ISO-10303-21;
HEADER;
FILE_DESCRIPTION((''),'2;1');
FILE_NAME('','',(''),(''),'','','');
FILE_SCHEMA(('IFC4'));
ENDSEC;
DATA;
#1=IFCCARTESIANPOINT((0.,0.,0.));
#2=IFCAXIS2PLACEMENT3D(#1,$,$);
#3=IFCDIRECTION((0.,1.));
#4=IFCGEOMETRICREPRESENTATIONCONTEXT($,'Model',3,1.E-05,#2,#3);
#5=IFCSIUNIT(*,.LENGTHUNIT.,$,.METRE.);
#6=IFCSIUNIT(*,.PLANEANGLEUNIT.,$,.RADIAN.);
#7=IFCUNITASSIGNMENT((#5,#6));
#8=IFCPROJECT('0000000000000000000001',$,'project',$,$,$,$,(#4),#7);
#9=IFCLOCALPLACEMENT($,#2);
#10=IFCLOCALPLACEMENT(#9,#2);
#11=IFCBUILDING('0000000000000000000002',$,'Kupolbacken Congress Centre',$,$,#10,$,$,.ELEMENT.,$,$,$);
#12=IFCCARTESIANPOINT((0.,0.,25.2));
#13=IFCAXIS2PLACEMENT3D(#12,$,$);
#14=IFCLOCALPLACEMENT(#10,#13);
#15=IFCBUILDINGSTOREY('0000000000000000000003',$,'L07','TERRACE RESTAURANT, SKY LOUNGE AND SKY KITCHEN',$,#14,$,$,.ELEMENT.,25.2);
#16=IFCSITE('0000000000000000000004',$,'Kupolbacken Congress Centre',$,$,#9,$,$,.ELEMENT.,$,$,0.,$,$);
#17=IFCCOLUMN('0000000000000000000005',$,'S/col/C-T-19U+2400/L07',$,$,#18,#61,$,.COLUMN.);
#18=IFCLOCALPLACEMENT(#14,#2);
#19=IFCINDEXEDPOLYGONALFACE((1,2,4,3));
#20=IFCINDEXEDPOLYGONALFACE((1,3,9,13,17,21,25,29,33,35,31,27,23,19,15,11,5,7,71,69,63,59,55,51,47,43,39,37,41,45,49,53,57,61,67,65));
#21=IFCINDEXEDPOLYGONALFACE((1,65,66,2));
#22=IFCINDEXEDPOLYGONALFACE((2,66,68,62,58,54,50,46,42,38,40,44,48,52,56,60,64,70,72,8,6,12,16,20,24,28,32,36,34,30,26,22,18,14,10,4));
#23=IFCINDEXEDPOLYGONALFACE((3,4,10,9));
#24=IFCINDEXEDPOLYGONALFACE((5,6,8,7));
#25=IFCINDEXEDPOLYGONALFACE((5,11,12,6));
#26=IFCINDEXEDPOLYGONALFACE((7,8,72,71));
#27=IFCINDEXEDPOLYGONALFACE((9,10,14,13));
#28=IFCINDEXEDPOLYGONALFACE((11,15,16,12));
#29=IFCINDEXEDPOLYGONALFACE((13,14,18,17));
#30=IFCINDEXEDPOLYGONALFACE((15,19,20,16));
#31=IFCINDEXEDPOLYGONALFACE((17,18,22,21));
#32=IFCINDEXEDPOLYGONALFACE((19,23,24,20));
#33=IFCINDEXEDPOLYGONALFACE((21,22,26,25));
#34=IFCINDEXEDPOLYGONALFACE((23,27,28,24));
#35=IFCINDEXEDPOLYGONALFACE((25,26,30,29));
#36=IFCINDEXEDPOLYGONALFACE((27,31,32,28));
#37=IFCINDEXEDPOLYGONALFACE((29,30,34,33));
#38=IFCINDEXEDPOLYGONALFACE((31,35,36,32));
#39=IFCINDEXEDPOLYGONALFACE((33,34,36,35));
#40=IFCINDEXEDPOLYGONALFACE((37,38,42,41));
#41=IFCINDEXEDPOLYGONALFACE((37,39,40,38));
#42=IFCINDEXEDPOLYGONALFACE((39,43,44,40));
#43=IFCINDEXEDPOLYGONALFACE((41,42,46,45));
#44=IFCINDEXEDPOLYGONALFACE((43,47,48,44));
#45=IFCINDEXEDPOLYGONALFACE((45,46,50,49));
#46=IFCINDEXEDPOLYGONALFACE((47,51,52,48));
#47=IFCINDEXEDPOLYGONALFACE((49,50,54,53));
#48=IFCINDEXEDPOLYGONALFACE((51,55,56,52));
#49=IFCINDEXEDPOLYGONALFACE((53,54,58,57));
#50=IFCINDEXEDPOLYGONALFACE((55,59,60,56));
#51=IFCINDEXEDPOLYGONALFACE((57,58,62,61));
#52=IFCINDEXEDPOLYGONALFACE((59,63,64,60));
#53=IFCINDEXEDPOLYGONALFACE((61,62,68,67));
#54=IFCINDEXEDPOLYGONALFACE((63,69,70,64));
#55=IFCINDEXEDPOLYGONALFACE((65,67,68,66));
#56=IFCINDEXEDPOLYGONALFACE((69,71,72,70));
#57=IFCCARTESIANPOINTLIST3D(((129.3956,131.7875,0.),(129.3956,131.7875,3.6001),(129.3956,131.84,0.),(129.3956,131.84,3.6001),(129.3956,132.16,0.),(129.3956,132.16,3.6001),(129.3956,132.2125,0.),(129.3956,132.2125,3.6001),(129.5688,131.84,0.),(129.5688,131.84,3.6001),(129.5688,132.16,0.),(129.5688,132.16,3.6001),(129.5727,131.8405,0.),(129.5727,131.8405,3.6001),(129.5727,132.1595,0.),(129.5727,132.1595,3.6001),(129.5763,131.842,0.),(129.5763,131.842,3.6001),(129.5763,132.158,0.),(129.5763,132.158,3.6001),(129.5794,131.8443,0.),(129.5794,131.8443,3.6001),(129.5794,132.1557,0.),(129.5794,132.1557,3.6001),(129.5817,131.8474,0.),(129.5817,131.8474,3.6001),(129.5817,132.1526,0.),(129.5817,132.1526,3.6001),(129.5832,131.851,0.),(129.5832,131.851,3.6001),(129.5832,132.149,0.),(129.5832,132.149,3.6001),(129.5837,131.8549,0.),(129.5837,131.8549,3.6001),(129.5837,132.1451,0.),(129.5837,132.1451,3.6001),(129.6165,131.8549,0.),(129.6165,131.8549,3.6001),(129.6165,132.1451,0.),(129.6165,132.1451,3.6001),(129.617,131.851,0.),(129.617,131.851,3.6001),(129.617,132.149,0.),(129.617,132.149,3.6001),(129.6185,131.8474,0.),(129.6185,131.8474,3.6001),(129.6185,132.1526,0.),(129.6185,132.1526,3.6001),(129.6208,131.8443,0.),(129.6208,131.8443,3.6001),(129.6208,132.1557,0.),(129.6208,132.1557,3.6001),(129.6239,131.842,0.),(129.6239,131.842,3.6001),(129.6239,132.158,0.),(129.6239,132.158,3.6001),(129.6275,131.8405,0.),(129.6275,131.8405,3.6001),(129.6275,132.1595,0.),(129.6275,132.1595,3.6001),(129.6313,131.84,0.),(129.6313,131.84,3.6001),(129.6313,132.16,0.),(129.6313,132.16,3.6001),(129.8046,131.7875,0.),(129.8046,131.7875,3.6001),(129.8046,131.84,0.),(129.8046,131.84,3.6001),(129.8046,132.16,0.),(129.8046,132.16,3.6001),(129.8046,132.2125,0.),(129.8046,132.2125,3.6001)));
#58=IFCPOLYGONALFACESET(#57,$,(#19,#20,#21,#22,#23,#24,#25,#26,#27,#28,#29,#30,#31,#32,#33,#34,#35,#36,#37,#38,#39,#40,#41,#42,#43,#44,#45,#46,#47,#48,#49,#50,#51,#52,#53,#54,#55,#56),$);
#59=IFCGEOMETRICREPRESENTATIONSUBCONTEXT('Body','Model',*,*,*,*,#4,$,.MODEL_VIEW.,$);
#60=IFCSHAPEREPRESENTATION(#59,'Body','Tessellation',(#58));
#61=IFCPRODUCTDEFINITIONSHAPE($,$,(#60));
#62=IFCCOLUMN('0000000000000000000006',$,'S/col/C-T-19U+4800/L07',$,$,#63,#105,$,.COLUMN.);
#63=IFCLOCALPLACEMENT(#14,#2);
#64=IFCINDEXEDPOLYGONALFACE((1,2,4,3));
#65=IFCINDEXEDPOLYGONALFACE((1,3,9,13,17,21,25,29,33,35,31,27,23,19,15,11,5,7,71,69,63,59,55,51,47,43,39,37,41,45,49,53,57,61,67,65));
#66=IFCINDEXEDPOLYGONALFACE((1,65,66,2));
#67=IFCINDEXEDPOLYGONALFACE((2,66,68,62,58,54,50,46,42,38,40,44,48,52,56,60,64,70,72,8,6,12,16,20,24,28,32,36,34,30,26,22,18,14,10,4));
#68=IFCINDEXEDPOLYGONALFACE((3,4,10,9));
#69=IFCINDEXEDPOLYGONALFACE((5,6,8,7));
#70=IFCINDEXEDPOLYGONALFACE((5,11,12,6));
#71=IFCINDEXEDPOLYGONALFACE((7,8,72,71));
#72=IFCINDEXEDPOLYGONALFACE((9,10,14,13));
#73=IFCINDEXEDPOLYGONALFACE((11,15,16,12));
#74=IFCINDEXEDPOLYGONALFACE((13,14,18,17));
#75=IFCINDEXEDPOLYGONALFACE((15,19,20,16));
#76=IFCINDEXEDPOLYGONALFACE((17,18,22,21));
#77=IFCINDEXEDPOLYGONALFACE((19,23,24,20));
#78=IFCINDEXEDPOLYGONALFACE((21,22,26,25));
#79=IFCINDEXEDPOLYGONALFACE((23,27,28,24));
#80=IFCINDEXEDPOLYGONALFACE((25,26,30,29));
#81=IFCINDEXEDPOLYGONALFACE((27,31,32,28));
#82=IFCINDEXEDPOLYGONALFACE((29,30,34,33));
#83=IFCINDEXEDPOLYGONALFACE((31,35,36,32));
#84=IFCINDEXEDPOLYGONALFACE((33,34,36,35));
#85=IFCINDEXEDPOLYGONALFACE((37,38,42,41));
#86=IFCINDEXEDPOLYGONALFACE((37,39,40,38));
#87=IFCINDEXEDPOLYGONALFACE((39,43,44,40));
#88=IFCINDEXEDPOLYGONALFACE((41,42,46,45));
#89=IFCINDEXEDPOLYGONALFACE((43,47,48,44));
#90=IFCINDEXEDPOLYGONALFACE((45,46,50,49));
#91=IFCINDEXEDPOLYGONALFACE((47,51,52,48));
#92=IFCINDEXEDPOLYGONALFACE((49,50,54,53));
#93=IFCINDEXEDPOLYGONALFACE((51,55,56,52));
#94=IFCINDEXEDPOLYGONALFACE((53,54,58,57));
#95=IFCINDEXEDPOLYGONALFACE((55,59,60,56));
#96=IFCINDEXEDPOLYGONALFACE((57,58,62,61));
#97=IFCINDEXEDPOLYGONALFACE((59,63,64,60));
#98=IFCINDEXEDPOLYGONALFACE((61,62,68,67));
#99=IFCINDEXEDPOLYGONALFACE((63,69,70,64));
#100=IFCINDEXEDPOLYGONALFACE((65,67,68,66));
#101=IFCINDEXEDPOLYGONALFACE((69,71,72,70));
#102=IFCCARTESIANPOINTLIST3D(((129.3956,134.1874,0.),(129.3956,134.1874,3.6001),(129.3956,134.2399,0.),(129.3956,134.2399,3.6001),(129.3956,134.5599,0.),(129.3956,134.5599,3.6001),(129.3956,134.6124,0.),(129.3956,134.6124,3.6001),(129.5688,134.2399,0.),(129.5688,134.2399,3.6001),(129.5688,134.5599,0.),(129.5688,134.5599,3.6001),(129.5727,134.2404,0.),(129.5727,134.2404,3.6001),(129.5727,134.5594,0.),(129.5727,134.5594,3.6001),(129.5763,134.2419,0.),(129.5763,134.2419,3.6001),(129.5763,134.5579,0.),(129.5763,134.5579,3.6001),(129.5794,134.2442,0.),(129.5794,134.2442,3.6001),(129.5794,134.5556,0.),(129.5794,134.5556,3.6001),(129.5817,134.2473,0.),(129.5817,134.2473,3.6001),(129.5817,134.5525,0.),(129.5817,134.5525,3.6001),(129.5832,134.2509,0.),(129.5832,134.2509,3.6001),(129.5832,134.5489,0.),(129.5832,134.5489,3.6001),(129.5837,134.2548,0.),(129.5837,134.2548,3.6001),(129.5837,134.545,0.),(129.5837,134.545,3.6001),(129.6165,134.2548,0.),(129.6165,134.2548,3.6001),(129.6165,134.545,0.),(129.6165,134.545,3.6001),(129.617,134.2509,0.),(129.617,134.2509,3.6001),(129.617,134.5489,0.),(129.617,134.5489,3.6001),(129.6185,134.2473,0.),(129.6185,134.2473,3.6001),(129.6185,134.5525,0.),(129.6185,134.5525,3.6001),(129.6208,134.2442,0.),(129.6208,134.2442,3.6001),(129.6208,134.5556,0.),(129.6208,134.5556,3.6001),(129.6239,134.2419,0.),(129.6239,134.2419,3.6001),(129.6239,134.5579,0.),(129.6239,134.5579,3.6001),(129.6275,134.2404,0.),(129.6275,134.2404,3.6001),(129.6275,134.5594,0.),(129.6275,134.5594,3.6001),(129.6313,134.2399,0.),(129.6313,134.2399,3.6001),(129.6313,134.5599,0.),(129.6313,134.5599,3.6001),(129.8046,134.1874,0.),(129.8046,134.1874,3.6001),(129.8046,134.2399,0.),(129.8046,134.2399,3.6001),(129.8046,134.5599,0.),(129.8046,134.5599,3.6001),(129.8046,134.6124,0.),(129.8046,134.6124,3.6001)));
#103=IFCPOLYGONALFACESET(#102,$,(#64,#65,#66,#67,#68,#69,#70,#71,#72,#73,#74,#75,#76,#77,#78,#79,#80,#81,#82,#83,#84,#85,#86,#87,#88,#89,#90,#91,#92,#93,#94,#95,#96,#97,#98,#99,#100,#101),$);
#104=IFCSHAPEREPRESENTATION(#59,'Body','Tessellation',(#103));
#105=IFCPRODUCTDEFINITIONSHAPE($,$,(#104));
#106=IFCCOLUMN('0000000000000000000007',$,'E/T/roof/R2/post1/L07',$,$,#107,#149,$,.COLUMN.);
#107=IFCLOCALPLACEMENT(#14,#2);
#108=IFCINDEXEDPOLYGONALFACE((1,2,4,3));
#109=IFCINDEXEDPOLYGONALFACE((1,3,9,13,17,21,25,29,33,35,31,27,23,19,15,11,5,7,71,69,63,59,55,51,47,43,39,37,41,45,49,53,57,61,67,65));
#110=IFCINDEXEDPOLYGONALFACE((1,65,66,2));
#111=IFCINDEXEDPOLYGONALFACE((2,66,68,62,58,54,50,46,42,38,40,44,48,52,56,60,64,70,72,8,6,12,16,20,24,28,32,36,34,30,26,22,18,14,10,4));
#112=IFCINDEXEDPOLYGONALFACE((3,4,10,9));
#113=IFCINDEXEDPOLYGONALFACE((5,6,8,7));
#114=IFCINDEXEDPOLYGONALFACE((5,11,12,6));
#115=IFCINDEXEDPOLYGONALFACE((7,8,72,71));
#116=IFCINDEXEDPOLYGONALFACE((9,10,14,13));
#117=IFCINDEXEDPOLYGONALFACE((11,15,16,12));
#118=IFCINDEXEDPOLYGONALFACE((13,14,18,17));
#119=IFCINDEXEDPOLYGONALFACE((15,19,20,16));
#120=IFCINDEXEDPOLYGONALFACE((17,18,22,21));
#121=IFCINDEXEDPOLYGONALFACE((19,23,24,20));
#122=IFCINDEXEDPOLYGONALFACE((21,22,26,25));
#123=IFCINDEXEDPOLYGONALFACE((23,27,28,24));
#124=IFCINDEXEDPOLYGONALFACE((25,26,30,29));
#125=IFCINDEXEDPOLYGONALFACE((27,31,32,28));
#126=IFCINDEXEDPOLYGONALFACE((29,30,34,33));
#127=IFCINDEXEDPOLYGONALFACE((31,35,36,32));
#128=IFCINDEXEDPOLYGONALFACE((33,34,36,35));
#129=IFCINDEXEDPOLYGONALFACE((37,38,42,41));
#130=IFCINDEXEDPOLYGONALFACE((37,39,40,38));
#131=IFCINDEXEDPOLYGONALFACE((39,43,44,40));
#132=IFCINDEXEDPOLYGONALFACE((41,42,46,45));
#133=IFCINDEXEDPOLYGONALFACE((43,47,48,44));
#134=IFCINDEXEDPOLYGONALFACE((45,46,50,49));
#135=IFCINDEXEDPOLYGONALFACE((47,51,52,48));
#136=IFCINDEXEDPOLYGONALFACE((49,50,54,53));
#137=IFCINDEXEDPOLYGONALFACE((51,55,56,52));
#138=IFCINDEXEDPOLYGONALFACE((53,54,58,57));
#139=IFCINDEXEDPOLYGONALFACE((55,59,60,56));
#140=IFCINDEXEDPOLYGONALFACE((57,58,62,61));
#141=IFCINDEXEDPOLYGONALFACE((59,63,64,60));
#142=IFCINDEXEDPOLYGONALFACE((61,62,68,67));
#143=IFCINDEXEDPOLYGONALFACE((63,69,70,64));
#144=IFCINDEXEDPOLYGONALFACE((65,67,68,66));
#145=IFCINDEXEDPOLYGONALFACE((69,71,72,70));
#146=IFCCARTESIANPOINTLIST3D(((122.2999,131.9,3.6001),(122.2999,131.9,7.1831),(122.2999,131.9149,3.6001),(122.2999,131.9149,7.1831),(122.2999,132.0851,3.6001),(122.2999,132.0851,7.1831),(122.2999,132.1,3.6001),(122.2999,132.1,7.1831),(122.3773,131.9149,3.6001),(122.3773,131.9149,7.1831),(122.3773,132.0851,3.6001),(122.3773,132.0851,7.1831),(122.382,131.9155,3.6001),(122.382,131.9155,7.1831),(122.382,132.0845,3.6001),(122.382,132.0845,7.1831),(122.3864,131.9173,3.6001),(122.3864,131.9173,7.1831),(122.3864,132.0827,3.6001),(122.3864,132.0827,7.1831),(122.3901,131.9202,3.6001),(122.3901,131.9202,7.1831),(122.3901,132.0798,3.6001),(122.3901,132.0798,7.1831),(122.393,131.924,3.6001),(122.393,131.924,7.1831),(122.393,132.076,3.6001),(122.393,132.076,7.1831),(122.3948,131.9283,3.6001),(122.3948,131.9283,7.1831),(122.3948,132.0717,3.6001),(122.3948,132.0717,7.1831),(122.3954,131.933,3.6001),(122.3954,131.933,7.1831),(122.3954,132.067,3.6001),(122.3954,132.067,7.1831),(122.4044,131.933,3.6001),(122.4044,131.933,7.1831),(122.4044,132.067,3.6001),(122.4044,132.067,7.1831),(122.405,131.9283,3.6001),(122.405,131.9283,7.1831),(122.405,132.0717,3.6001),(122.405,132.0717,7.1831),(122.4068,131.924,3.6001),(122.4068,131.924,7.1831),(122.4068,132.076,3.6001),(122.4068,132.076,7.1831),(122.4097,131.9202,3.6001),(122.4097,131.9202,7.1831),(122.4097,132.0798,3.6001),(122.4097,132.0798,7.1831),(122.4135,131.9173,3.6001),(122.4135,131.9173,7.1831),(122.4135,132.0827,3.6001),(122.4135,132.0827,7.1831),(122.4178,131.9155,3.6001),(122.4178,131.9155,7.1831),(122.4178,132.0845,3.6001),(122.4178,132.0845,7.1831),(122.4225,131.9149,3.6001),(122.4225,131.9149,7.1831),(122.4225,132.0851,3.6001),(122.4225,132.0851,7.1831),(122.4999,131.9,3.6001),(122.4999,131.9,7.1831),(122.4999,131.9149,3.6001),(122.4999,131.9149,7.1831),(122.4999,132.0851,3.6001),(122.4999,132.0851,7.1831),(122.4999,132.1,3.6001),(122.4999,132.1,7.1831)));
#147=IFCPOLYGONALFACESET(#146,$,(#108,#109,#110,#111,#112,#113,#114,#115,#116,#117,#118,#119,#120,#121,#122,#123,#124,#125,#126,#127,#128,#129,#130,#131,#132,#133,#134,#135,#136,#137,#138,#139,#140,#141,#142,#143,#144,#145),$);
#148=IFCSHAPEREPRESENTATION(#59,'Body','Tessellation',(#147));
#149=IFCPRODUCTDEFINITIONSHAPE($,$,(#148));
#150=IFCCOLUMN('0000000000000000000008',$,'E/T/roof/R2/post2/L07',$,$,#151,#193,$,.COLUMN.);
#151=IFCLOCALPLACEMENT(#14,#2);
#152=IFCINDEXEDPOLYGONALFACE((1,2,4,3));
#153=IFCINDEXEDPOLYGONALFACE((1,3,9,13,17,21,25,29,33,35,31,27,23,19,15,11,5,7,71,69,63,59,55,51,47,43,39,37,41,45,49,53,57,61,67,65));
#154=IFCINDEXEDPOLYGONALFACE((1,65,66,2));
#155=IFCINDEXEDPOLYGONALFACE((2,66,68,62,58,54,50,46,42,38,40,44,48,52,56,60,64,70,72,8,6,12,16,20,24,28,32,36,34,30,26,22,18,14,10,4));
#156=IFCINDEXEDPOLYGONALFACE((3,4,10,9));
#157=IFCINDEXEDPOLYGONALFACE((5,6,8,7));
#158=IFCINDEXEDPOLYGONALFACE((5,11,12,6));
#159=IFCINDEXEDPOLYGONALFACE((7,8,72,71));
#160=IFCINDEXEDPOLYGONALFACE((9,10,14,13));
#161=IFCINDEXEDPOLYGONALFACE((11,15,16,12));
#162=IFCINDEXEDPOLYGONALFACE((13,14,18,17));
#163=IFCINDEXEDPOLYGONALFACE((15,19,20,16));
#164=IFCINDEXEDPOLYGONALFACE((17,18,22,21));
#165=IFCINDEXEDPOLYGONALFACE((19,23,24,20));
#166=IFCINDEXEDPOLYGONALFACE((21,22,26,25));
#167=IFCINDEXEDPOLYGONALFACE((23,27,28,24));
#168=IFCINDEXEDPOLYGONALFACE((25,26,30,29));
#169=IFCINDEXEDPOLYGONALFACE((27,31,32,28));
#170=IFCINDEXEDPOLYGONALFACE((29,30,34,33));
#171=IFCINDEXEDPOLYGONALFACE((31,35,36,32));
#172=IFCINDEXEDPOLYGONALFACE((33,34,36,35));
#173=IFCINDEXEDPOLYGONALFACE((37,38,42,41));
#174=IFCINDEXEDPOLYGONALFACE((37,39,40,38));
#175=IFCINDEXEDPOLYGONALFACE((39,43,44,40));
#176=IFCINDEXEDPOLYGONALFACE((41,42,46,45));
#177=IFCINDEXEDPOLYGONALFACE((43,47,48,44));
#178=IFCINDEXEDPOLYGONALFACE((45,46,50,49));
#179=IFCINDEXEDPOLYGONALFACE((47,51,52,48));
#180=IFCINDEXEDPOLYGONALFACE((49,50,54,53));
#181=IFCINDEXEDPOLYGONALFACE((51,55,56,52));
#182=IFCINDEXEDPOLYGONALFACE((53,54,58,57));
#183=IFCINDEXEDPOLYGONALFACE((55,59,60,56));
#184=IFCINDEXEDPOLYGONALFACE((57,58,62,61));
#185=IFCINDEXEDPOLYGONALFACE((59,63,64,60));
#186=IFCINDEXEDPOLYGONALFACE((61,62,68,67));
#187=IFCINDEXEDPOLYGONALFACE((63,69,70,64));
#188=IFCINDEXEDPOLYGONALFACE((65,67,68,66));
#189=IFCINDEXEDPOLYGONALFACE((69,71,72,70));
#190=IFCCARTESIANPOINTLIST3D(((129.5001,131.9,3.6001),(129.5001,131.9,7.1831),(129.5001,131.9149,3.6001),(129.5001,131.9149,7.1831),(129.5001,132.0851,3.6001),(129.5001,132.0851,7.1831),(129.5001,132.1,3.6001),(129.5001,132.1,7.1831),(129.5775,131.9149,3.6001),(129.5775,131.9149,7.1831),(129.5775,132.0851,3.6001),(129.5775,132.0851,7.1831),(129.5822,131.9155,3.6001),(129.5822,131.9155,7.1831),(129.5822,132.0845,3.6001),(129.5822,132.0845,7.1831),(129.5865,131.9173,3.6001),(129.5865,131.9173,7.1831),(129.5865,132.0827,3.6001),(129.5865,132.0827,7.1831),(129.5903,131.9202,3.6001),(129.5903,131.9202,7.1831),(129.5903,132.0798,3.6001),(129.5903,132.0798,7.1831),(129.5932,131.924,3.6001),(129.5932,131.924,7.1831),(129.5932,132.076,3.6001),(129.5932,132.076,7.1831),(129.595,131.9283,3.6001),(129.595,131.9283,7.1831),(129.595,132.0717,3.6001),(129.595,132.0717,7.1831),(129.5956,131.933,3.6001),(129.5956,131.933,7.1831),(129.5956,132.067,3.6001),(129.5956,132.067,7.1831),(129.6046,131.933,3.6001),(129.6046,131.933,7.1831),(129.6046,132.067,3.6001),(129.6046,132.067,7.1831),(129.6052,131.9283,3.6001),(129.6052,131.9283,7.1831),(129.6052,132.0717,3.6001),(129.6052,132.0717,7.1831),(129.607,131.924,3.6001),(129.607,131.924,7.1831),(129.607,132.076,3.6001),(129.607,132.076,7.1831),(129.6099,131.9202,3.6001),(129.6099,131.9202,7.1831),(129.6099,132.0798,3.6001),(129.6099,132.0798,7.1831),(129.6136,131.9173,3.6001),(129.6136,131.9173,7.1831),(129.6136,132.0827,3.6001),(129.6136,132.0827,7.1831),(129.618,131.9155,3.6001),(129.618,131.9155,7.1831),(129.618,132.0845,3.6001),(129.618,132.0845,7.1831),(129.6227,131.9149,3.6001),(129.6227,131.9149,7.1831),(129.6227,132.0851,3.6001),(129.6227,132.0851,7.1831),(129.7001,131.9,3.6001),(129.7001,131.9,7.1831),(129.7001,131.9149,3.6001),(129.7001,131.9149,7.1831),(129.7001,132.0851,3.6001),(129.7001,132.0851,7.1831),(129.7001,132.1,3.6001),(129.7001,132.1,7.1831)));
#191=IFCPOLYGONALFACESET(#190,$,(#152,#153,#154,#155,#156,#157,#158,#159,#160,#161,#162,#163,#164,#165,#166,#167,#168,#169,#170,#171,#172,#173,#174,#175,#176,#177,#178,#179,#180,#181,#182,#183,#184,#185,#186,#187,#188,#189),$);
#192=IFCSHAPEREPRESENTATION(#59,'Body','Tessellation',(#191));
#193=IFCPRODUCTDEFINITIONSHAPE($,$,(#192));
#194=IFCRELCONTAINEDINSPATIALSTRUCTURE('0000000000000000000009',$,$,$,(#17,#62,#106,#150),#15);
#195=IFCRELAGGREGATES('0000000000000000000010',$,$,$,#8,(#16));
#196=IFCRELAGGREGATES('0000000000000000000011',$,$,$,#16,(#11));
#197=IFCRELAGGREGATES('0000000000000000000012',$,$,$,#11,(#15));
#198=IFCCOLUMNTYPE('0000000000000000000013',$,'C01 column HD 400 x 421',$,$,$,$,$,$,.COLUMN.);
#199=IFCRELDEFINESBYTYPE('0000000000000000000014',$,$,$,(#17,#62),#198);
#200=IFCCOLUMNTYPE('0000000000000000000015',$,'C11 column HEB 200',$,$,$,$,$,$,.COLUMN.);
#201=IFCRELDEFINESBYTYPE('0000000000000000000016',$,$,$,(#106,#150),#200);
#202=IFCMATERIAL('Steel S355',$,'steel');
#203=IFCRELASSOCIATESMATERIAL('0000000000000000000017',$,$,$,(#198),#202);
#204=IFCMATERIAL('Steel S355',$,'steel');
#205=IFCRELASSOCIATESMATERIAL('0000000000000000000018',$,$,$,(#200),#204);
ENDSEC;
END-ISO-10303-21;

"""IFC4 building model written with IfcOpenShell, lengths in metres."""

from ifc_helpers import new_model, si_unit, direction, frame, origin, origin_2d, place, context, subcontext, project, spatial, i_section, extrude, material, material_profile, profile_set, type_object, element, save


model = new_model("IFC4")

# Units and contexts
model_context = context("Model", 3, precision=1e-05, world=origin(), true_north=direction((0.0, 1.0)))
body_context = subcontext(model_context, "Body", "Model", "MODEL_VIEW")
ifc_project = project(units=[si_unit("LENGTHUNIT", "METRE"), si_unit("PLANEANGLEUNIT", "RADIAN")], contexts=[model_context])

# Site, building, storey
site_placement = place(None, origin())
site = spatial("IfcSite", under=ifc_project, at=site_placement, Name="Kupolbacken Congress Centre", CompositionType="ELEMENT", RefElevation=0.0)
building_placement = place(site_placement, origin())
building = spatial("IfcBuilding", under=site, at=building_placement, Name="Kupolbacken Congress Centre", CompositionType="ELEMENT")
storey_placement = place(building_placement, frame((0.0, 0.0, 25.2)))
storey = spatial("IfcBuildingStorey", under=building, at=storey_placement, Name="L07", Description="TERRACE RESTAURANT, SKY LOUNGE AND SKY KITCHEN", CompositionType="ELEMENT", Elevation=25.2)

# Columns
ifc_material_1 = material(Name="Steel S355", Category="steel")
ifc_material_profile_1 = material_profile(ifc_material_1, i_section(OverallWidth=0.4089, OverallDepth=0.425, WebThickness=0.0327, FlangeThickness=0.0525, FilletRadius=0.0149, at=origin_2d()), Name="HD 400 x 421")
ifc_profile_set_1 = profile_set([ifc_material_profile_1], Name="Steel S355")
column_type_1 = type_object("IfcColumnType", Name="C01 column HD 400 x 421", PredefinedType="COLUMN", material=ifc_profile_set_1)
for number, where, z_axis, x_axis, name in (
    (1, (129.6001, 132.0, 0.0), (0.0, 0.0, 1.0), (1.0, 0.0, 0.0), "S/col/C-T-19U+2400/L07"),
    (2, (129.6001, 134.3999, 0.0), (0.0, 0.0, 1.0), (1.0, 0.0, 0.0), "S/col/C-T-19U+4800/L07"),
):
    element("IfcColumn", number, at=place(storey_placement, frame(where, z_axis=z_axis, x_axis=x_axis)), inside=storey, type_object=column_type_1, Name=name, PredefinedType="COLUMN", context=body_context, shape_type="SweptSolid", body=[
        extrude(i_section(OverallWidth=0.4089, OverallDepth=0.425, WebThickness=0.0327, FlangeThickness=0.0525, FilletRadius=0.0149, at=origin_2d()), origin(), (0.0, 0.0, 1.0), 3.6001),
    ])
ifc_material_2 = material(Name="Steel S355", Category="steel")
ifc_material_profile_2 = material_profile(ifc_material_2, i_section(OverallWidth=0.2, OverallDepth=0.2, WebThickness=0.009, FlangeThickness=0.0149, FilletRadius=0.0181, at=origin_2d()), Name="HEB 200")
ifc_profile_set_2 = profile_set([ifc_material_profile_2], Name="Steel S355")
column_type_2 = type_object("IfcColumnType", Name="C11 column HEB 200", PredefinedType="COLUMN", material=ifc_profile_set_2)
for number, where, z_axis, x_axis, name in (
    (3, (122.3999, 132.0, 3.6001), (0.0, 0.0, 1.0), (1.0, 0.0, 0.0), "E/T/roof/R2/post1/L07"),
    (4, (129.6001, 132.0, 3.6001), (0.0, 0.0, 1.0), (1.0, 0.0, 0.0), "E/T/roof/R2/post2/L07"),
):
    element("IfcColumn", number, at=place(storey_placement, frame(where, z_axis=z_axis, x_axis=x_axis)), inside=storey, type_object=column_type_2, Name=name, PredefinedType="COLUMN", context=body_context, shape_type="SweptSolid", body=[
        extrude(i_section(OverallWidth=0.2, OverallDepth=0.2, WebThickness=0.009, FlangeThickness=0.0149, FilletRadius=0.0181, at=origin_2d()), origin(), (0.0, 0.0, 1.0), 3.583),
    ])

save(model, "model.ifc")
